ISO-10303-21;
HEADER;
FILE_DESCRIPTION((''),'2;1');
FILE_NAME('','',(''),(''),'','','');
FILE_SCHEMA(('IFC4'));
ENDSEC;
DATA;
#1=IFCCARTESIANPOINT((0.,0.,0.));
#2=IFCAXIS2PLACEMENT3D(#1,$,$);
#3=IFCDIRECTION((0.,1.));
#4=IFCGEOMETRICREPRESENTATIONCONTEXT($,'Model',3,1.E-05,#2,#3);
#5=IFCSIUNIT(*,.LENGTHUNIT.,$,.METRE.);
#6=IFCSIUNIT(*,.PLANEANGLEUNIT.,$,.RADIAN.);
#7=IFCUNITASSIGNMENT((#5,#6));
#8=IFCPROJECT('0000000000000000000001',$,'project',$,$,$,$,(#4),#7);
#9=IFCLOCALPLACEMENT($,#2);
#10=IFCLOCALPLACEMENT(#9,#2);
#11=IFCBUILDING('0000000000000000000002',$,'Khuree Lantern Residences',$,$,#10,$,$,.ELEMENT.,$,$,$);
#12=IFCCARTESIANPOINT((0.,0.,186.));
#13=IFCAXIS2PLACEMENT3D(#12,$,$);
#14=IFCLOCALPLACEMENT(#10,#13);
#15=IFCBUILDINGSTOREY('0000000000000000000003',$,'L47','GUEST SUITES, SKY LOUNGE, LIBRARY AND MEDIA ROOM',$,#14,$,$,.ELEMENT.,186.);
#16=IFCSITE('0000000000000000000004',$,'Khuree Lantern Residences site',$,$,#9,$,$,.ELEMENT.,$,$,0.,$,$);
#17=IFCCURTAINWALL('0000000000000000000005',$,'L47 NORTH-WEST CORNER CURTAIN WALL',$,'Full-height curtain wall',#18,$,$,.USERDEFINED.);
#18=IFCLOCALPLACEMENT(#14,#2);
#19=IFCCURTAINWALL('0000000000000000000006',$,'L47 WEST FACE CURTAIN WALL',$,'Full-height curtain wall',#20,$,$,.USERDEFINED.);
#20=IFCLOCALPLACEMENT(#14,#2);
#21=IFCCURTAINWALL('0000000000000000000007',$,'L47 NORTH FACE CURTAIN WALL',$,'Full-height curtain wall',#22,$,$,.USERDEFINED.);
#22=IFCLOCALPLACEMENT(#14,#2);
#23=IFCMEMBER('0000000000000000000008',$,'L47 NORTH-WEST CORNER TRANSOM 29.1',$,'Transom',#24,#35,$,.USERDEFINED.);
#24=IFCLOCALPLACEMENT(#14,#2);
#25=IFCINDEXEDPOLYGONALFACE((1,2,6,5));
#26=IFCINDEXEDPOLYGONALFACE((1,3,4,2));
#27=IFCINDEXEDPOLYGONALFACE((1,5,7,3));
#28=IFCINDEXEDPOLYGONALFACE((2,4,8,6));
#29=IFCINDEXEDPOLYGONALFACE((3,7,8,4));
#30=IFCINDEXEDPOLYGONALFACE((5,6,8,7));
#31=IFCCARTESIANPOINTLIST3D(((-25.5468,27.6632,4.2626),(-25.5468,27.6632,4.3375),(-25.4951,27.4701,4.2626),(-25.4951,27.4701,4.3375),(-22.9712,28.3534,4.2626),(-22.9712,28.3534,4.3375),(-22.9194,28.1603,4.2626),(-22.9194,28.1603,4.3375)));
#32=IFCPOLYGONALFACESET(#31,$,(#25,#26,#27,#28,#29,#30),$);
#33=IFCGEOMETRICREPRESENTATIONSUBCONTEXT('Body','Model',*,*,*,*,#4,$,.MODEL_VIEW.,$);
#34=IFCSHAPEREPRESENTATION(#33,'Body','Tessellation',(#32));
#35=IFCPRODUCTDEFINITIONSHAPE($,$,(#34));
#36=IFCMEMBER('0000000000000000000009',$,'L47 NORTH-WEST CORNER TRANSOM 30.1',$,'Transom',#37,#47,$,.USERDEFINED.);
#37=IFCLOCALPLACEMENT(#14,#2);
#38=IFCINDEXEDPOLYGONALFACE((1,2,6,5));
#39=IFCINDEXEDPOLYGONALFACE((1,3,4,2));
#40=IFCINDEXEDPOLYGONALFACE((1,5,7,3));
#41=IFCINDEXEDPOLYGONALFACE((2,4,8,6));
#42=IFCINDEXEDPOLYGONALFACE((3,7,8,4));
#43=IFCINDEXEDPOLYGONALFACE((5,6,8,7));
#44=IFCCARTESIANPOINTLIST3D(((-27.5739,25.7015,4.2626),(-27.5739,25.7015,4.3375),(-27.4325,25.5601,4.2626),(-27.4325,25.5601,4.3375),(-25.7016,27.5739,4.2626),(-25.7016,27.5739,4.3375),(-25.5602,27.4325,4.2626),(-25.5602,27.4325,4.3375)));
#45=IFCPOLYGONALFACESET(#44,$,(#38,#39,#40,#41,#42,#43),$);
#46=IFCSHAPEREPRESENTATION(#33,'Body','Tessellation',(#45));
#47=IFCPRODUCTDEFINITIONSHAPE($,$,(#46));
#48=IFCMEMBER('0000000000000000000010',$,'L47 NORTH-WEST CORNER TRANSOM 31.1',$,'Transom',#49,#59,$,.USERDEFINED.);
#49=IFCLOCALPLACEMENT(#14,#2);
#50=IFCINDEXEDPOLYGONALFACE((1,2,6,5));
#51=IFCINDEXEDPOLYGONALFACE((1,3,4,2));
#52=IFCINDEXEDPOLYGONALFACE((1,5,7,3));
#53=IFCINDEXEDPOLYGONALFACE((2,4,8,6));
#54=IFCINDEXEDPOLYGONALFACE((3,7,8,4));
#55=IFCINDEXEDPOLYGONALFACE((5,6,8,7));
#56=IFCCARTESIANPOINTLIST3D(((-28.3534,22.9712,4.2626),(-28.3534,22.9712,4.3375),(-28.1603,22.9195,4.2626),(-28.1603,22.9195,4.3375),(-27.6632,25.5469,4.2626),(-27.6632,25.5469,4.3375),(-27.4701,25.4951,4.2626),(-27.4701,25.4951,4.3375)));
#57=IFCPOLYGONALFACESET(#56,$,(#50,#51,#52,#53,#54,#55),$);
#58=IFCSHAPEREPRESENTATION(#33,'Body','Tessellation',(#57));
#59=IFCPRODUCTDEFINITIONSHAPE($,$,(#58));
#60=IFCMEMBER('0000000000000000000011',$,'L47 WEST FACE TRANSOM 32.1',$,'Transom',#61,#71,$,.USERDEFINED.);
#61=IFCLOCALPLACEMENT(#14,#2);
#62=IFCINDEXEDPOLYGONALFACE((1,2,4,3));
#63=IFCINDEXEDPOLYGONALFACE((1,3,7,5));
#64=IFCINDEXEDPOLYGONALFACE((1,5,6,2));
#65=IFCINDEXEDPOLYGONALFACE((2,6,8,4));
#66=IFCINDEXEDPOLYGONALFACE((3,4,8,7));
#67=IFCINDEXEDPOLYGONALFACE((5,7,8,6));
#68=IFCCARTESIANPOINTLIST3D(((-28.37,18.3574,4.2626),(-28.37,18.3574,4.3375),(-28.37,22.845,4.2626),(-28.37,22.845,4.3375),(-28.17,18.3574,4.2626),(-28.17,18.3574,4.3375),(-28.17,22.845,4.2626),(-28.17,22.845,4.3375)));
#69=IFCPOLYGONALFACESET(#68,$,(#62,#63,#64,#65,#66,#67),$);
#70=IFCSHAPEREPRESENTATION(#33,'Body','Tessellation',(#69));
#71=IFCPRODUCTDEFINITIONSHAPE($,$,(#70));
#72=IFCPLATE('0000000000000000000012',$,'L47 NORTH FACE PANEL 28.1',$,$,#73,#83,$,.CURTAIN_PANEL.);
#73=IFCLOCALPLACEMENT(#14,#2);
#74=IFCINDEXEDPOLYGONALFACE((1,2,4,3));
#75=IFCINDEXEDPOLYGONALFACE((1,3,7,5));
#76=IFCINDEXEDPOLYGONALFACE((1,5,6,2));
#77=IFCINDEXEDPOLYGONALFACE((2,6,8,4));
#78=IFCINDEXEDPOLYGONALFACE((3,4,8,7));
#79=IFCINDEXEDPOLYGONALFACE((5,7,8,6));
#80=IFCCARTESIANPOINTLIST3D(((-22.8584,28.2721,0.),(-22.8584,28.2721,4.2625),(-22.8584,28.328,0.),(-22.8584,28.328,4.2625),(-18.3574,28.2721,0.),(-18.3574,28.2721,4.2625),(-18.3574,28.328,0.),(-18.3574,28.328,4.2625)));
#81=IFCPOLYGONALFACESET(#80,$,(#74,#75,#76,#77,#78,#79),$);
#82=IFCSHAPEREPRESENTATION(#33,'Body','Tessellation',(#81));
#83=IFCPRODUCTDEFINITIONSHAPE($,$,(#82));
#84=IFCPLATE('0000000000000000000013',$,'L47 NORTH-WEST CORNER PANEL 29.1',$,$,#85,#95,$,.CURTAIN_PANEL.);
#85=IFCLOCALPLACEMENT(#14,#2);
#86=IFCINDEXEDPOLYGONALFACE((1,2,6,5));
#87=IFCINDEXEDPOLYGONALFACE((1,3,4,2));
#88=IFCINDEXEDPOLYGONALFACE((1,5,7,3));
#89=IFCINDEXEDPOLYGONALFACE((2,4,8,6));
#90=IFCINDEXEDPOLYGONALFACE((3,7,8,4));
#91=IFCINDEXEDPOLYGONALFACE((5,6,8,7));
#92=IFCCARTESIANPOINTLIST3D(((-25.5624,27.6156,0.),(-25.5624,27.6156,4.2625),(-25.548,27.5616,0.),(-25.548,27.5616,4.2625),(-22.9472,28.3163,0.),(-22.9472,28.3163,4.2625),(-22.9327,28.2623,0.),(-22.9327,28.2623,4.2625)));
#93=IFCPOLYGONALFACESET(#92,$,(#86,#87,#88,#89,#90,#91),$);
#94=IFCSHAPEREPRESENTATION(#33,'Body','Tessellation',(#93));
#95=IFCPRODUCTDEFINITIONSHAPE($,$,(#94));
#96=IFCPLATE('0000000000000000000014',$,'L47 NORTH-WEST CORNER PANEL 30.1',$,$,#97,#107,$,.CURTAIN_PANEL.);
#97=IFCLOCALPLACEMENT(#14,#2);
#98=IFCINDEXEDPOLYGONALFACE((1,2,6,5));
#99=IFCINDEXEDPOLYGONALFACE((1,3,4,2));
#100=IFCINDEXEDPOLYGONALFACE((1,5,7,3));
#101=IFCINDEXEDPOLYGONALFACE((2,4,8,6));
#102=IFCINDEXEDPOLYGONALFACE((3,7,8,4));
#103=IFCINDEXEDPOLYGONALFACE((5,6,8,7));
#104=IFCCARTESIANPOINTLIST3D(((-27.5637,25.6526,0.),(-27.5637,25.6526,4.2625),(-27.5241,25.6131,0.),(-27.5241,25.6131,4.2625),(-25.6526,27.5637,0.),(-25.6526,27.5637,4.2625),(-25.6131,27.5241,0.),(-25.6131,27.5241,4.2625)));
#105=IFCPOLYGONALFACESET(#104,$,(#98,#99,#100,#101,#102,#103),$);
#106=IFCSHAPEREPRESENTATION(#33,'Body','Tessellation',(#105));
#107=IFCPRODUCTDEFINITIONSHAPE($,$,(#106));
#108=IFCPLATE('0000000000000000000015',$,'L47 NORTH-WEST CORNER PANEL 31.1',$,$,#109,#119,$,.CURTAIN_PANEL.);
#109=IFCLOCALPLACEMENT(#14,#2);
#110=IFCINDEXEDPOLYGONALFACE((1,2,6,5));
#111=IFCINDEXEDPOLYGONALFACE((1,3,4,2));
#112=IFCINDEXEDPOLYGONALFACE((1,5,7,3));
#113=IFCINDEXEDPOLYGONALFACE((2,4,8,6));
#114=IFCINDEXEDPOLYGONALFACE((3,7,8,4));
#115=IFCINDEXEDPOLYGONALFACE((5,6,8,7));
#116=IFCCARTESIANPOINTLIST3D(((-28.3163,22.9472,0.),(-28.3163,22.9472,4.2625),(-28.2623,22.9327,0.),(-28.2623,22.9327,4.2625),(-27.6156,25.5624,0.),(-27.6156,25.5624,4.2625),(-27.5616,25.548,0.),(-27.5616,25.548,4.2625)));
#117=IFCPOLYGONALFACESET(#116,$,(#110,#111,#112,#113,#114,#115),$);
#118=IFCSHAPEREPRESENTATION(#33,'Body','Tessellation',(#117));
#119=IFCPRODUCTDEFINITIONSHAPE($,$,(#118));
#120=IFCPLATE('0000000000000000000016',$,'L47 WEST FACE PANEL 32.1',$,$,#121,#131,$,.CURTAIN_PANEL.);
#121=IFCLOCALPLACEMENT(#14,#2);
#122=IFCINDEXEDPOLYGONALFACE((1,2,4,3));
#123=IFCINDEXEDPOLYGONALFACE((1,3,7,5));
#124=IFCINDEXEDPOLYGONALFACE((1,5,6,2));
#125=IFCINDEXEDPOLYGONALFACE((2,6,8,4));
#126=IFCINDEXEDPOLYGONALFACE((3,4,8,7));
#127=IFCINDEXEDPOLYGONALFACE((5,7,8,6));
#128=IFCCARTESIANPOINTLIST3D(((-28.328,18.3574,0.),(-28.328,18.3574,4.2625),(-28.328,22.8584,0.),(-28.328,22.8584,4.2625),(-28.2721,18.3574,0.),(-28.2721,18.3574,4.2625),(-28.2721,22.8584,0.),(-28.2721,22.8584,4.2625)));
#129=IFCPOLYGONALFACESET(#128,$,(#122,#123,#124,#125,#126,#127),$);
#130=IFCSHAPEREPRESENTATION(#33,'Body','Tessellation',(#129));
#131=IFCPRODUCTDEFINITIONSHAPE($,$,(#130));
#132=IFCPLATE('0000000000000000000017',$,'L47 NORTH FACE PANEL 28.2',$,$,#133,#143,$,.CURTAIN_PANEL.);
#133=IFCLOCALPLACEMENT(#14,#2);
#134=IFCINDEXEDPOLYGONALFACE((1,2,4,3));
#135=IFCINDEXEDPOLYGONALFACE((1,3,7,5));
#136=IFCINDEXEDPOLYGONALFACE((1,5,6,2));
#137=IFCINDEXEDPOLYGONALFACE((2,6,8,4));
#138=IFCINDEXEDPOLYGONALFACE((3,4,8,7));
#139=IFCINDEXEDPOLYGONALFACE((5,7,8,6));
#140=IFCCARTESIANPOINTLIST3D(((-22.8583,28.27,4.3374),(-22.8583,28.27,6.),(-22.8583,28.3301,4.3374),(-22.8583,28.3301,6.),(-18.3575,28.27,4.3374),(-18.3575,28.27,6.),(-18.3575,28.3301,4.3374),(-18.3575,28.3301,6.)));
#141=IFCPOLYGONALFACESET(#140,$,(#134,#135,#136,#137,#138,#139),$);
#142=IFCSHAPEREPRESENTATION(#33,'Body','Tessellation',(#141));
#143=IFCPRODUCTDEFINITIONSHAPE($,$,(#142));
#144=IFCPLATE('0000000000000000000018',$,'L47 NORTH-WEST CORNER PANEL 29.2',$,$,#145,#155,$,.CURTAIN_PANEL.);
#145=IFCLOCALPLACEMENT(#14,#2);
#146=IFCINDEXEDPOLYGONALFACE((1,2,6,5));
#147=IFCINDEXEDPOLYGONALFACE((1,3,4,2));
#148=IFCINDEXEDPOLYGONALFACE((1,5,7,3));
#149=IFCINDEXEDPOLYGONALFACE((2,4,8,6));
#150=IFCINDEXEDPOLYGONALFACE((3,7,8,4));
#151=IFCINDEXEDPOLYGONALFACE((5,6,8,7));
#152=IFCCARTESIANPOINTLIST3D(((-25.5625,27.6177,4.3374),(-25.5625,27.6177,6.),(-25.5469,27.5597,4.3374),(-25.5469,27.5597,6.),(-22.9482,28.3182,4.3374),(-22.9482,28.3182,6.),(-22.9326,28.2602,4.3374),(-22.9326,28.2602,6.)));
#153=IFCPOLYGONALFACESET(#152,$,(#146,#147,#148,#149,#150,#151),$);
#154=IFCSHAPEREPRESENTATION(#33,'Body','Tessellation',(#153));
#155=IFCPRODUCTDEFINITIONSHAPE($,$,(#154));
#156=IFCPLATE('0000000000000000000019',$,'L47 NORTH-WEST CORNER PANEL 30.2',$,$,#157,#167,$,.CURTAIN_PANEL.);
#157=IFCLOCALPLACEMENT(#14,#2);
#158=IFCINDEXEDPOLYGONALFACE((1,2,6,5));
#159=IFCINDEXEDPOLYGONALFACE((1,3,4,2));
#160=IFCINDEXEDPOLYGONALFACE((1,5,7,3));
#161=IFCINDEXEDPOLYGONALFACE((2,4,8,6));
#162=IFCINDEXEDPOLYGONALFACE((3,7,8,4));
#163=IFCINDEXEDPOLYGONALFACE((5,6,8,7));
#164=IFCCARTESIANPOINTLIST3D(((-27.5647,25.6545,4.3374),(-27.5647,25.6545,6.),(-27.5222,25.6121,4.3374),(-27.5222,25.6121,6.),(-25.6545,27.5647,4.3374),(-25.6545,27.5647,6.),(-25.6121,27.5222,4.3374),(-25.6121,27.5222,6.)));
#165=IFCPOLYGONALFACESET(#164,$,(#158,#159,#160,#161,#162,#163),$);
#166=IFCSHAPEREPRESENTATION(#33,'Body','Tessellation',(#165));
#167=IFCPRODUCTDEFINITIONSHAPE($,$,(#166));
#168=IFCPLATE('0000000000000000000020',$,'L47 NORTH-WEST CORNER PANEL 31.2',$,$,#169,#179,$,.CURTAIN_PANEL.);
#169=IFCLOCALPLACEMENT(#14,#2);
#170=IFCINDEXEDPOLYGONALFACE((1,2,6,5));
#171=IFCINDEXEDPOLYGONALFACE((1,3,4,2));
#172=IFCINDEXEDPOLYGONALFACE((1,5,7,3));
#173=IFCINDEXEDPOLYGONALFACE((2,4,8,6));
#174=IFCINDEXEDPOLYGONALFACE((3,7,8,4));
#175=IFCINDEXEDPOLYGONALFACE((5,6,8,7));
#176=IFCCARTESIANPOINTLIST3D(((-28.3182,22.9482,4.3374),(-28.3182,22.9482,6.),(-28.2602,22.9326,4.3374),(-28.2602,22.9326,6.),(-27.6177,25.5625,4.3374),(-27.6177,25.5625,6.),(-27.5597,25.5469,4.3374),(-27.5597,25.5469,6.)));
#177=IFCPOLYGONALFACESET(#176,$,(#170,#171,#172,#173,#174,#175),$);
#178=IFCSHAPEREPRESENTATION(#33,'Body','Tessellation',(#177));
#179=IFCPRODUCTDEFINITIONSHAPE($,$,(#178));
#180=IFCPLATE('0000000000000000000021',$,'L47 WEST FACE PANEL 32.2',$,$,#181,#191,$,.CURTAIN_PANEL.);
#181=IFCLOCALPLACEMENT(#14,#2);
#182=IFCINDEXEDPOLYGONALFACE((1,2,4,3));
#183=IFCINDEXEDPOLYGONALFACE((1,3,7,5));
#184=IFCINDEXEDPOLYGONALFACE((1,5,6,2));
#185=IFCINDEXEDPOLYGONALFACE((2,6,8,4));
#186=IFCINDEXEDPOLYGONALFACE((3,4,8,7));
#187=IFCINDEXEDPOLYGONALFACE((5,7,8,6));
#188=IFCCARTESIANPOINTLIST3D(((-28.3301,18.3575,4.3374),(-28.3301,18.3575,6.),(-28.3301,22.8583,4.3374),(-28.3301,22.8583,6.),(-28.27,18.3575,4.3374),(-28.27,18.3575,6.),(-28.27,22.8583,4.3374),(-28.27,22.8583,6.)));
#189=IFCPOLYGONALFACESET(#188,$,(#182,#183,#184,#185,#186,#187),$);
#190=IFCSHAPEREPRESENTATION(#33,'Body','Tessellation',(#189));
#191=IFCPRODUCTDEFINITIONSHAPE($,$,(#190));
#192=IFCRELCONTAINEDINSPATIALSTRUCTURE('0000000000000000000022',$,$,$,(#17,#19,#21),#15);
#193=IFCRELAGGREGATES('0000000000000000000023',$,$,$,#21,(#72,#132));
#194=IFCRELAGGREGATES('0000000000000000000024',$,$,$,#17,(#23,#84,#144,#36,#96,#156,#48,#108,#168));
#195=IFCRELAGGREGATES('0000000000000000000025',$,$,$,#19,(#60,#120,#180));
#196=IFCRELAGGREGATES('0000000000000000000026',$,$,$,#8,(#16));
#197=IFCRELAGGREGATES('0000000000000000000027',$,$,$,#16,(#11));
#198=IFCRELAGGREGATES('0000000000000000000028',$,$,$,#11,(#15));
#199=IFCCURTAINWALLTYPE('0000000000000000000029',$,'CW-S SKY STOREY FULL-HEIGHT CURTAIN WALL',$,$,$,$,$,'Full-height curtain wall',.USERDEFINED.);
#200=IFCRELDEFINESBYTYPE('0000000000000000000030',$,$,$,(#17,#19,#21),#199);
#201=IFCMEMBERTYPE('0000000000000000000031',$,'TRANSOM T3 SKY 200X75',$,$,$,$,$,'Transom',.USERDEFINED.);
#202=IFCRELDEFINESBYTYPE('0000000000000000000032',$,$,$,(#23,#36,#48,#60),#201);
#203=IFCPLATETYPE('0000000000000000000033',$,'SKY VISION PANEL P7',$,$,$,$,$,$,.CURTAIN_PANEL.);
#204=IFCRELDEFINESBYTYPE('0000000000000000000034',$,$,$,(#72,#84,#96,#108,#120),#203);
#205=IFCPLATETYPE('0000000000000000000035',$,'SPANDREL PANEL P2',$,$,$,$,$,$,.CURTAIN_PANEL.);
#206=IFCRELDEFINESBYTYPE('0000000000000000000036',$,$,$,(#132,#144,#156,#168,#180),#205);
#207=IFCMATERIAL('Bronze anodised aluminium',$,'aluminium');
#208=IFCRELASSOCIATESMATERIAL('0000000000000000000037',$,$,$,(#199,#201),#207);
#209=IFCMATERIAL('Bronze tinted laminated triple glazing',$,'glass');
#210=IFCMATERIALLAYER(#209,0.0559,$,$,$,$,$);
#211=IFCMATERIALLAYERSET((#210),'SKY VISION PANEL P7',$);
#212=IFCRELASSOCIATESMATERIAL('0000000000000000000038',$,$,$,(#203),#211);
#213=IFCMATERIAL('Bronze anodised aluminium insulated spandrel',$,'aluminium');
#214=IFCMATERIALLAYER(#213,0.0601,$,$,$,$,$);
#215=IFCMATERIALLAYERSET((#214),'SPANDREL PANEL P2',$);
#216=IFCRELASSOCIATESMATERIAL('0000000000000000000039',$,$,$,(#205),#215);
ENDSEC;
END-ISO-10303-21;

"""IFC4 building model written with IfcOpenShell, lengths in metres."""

from ifc_helpers import new_model, si_unit, direction, frame, origin, origin_2d, place, context, subcontext, project, spatial, rectangle, extrude, material, layer, layer_set, material_profile, profile_set, type_object, element, aggregate, save


model = new_model("IFC4")

# Units and contexts
model_context = context("Model", 3, precision=1e-05, world=origin(), true_north=direction((0.0, 1.0)))
body_context = subcontext(model_context, "Body", "Model", "MODEL_VIEW")
ifc_project = project(units=[si_unit("LENGTHUNIT", "METRE"), si_unit("PLANEANGLEUNIT", "RADIAN")], contexts=[model_context])

# Site, building, storey
site_placement = place(None, origin())
site = spatial("IfcSite", under=ifc_project, at=site_placement, Name="Khuree Lantern Residences site", CompositionType="ELEMENT", RefElevation=0.0)
building_placement = place(site_placement, origin())
building = spatial("IfcBuilding", under=site, at=building_placement, Name="Khuree Lantern Residences", CompositionType="ELEMENT")
storey_placement = place(building_placement, frame((0.0, 0.0, 186.0)))
storey = spatial("IfcBuildingStorey", under=building, at=storey_placement, Name="L47", Description="GUEST SUITES, SKY LOUNGE, LIBRARY AND MEDIA ROOM", CompositionType="ELEMENT", Elevation=186.0)

# Curtain walls
ifc_material_1 = material(Name="Bronze anodised aluminium", Category="aluminium")
curtain_wall_type = type_object("IfcCurtainWallType", Name="CW-S SKY STOREY FULL-HEIGHT CURTAIN WALL", ElementType="Full-height curtain wall", PredefinedType="USERDEFINED", material=ifc_material_1)
curtain_wall_1_placement = place(storey_placement, origin())
curtain_wall_1 = element("IfcCurtainWall", 1, at=curtain_wall_1_placement, inside=storey, type_object=curtain_wall_type, Name="L47 NORTH-WEST CORNER CURTAIN WALL", ObjectType="Full-height curtain wall", PredefinedType="USERDEFINED")
curtain_wall_2_placement = place(storey_placement, origin())
curtain_wall_2 = element("IfcCurtainWall", 2, at=curtain_wall_2_placement, inside=storey, type_object=curtain_wall_type, Name="L47 WEST FACE CURTAIN WALL", ObjectType="Full-height curtain wall", PredefinedType="USERDEFINED")

# Curtain wall
curtain_wall_3_placement = place(storey_placement, origin())
curtain_wall_3 = element("IfcCurtainWall", 3, at=curtain_wall_3_placement, inside=storey, type_object=curtain_wall_type, Name="L47 NORTH FACE CURTAIN WALL", ObjectType="Full-height curtain wall", PredefinedType="USERDEFINED")
ifc_material_profile_1 = material_profile(ifc_material_1, rectangle(XDim=0.2, YDim=0.075, at=origin_2d()), Name="T3 200X75")
ifc_profile_set_1 = profile_set([ifc_material_profile_1], Name="Bronze anodised aluminium")
member_type_1 = type_object("IfcMemberType", Name="TRANSOM T3 SKY 200X75", ElementType="Transom", PredefinedType="USERDEFINED", material=ifc_profile_set_1)

# Members
member_1_placement = place(storey_placement, frame((-22.9453, 28.2568, 4.3), z_axis=(-0.965923, -0.258831, 0.0), x_axis=(0.258831, -0.965923, 0.0)))
member_1 = element("IfcMember", 4, at=member_1_placement, type_object=member_type_1, Name="L47 NORTH-WEST CORNER TRANSOM 29.1", ObjectType="Transom", PredefinedType="USERDEFINED", context=body_context, shape_type="SweptSolid", body=[
    extrude(rectangle(XDim=0.2, YDim=0.075, at=origin_2d()), origin(), (0.0, 0.0, 1.0), 2.6665),
])
member_2_placement = place(storey_placement, frame((-25.6309, 27.5032, 4.3), z_axis=(-0.707107, -0.707107, 0.0), x_axis=(0.707107, -0.707107, 0.0)))
member_2 = element("IfcMember", 5, at=member_2_placement, type_object=member_type_1, Name="L47 NORTH-WEST CORNER TRANSOM 30.1", ObjectType="Transom", PredefinedType="USERDEFINED", context=body_context, shape_type="SweptSolid", body=[
    extrude(rectangle(XDim=0.2, YDim=0.075, at=origin_2d()), origin(), (0.0, 0.0, 1.0), 2.6479),
])
member_3_placement = place(storey_placement, frame((-27.5667, 25.521, 4.3), z_axis=(-0.258831, -0.965923, 0.0), x_axis=(0.965923, -0.258831, 0.0)))
member_3 = element("IfcMember", 6, at=member_3_placement, type_object=member_type_1, Name="L47 NORTH-WEST CORNER TRANSOM 31.1", ObjectType="Transom", PredefinedType="USERDEFINED", context=body_context, shape_type="SweptSolid", body=[
    extrude(rectangle(XDim=0.2, YDim=0.075, at=origin_2d()), origin(), (0.0, 0.0, 1.0), 2.6665),
])
member_4_placement = place(storey_placement, frame((-28.27, 22.845, 4.3), z_axis=(0.0, -1.0, 0.0), x_axis=(1.0, 0.0, 0.0)))
member_4 = element("IfcMember", 7, at=member_4_placement, type_object=member_type_1, Name="L47 WEST FACE TRANSOM 32.1", ObjectType="Transom", PredefinedType="USERDEFINED", context=body_context, shape_type="SweptSolid", body=[
    extrude(rectangle(XDim=0.2, YDim=0.075, at=origin_2d()), origin(), (0.0, 0.0, 1.0), 4.4875),
])

# Plates
ifc_material_2 = material(Name="Bronze tinted laminated triple glazing", Category="glass")
ifc_layer_1 = layer(ifc_material_2, 0.0559)
ifc_layer_set_1 = layer_set([ifc_layer_1], Name="SKY VISION PANEL P7")
plate_type_1 = type_object("IfcPlateType", Name="SKY VISION PANEL P7", PredefinedType="CURTAIN_PANEL", material=ifc_layer_set_1)
plate_1_placement = place(storey_placement, frame((-20.6079, 28.3, 0.0), z_axis=(0.0, 0.0, 1.0), x_axis=(-1.0, 0.0, 0.0)))
plate_1 = element("IfcPlate", 8, at=plate_1_placement, type_object=plate_type_1, Name="L47 NORTH FACE PANEL 28.1", PredefinedType="CURTAIN_PANEL", context=body_context, shape_type="SweptSolid", body=[
    extrude(rectangle(XDim=4.501, YDim=0.0559, at=origin_2d()), origin(), (0.0, 0.0, 1.0), 4.2625),
])
plate_2_placement = place(storey_placement, frame((-24.2476, 27.939, 0.0), z_axis=(0.0, 0.0, 1.0), x_axis=(-0.965926, -0.258819, 0.0)))
plate_2 = element("IfcPlate", 9, at=plate_2_placement, type_object=plate_type_1, Name="L47 NORTH-WEST CORNER PANEL 29.1", PredefinedType="CURTAIN_PANEL", context=body_context, shape_type="SweptSolid", body=[
    extrude(rectangle(XDim=2.7075, YDim=0.0559, at=origin_2d()), origin(), (0.0, 0.0, 1.0), 4.2625),
])
plate_3_placement = place(storey_placement, frame((-26.5884, 26.5884, 0.0), z_axis=(0.0, 0.0, 1.0), x_axis=(-0.707107, -0.707107, 0.0)))
plate_3 = element("IfcPlate", 10, at=plate_3_placement, type_object=plate_type_1, Name="L47 NORTH-WEST CORNER PANEL 30.1", PredefinedType="CURTAIN_PANEL", context=body_context, shape_type="SweptSolid", body=[
    extrude(rectangle(XDim=2.7026, YDim=0.0559, at=origin_2d()), origin(), (0.0, 0.0, 1.0), 4.2625),
])
plate_4_placement = place(storey_placement, frame((-27.939, 24.2476, 0.0), z_axis=(0.0, 0.0, 1.0), x_axis=(-0.258819, -0.965926, 0.0)))
plate_4 = element("IfcPlate", 11, at=plate_4_placement, type_object=plate_type_1, Name="L47 NORTH-WEST CORNER PANEL 31.1", PredefinedType="CURTAIN_PANEL", context=body_context, shape_type="SweptSolid", body=[
    extrude(rectangle(XDim=2.7075, YDim=0.0559, at=origin_2d()), origin(), (0.0, 0.0, 1.0), 4.2625),
])
plate_5_placement = place(storey_placement, frame((-28.3, 20.6079, 0.0), z_axis=(0.0, 0.0, 1.0), x_axis=(0.0, -1.0, 0.0)))
plate_5 = element("IfcPlate", 12, at=plate_5_placement, type_object=plate_type_1, Name="L47 WEST FACE PANEL 32.1", PredefinedType="CURTAIN_PANEL", context=body_context, shape_type="SweptSolid", body=[
    extrude(rectangle(XDim=4.501, YDim=0.0559, at=origin_2d()), origin(), (0.0, 0.0, 1.0), 4.2625),
])
ifc_material_3 = material(Name="Bronze anodised aluminium insulated spandrel", Category="aluminium")
ifc_layer_2 = layer(ifc_material_3, 0.0601)
ifc_layer_set_2 = layer_set([ifc_layer_2], Name="SPANDREL PANEL P2")
plate_type_2 = type_object("IfcPlateType", Name="SPANDREL PANEL P2", PredefinedType="CURTAIN_PANEL", material=ifc_layer_set_2)
plate_6_placement = place(storey_placement, frame((-20.6079, 28.3, 4.3374), z_axis=(0.0, 0.0, 1.0), x_axis=(-1.0, 0.0, 0.0)))
plate_6 = element("IfcPlate", 13, at=plate_6_placement, type_object=plate_type_2, Name="L47 NORTH FACE PANEL 28.2", PredefinedType="CURTAIN_PANEL", context=body_context, shape_type="SweptSolid", body=[
    extrude(rectangle(XDim=4.5007, YDim=0.0601, at=origin_2d()), origin(), (0.0, 0.0, 1.0), 1.6626),
])
aggregate(curtain_wall_3, [plate_1, plate_6])
plate_7_placement = place(storey_placement, frame((-24.2476, 27.939, 4.3374), z_axis=(0.0, 0.0, 1.0), x_axis=(-0.965926, -0.258819, 0.0)))
plate_7 = element("IfcPlate", 14, at=plate_7_placement, type_object=plate_type_2, Name="L47 NORTH-WEST CORNER PANEL 29.2", PredefinedType="CURTAIN_PANEL", context=body_context, shape_type="SweptSolid", body=[
    extrude(rectangle(XDim=2.7065, YDim=0.0601, at=origin_2d()), origin(), (0.0, 0.0, 1.0), 1.6626),
])
plate_8_placement = place(storey_placement, frame((-26.5884, 26.5884, 4.3374), z_axis=(0.0, 0.0, 1.0), x_axis=(-0.707107, -0.707107, 0.0)))
plate_8 = element("IfcPlate", 15, at=plate_8_placement, type_object=plate_type_2, Name="L47 NORTH-WEST CORNER PANEL 30.2", PredefinedType="CURTAIN_PANEL", context=body_context, shape_type="SweptSolid", body=[
    extrude(rectangle(XDim=2.7014, YDim=0.0601, at=origin_2d()), origin(), (0.0, 0.0, 1.0), 1.6626),
])
plate_9_placement = place(storey_placement, frame((-27.939, 24.2476, 4.3374), z_axis=(0.0, 0.0, 1.0), x_axis=(-0.258819, -0.965926, 0.0)))
plate_9 = element("IfcPlate", 16, at=plate_9_placement, type_object=plate_type_2, Name="L47 NORTH-WEST CORNER PANEL 31.2", PredefinedType="CURTAIN_PANEL", context=body_context, shape_type="SweptSolid", body=[
    extrude(rectangle(XDim=2.7065, YDim=0.0601, at=origin_2d()), origin(), (0.0, 0.0, 1.0), 1.6626),
])
aggregate(curtain_wall_1, [member_1, plate_2, plate_7, member_2, plate_3, plate_8, member_3, plate_4, plate_9])
plate_10_placement = place(storey_placement, frame((-28.3, 20.6079, 4.3374), z_axis=(0.0, 0.0, 1.0), x_axis=(0.0, -1.0, 0.0)))
plate_10 = element("IfcPlate", 17, at=plate_10_placement, type_object=plate_type_2, Name="L47 WEST FACE PANEL 32.2", PredefinedType="CURTAIN_PANEL", context=body_context, shape_type="SweptSolid", body=[
    extrude(rectangle(XDim=4.5007, YDim=0.0601, at=origin_2d()), origin(), (0.0, 0.0, 1.0), 1.6626),
])
aggregate(curtain_wall_2, [member_4, plate_5, plate_10])

save(model, "model.ifc")
